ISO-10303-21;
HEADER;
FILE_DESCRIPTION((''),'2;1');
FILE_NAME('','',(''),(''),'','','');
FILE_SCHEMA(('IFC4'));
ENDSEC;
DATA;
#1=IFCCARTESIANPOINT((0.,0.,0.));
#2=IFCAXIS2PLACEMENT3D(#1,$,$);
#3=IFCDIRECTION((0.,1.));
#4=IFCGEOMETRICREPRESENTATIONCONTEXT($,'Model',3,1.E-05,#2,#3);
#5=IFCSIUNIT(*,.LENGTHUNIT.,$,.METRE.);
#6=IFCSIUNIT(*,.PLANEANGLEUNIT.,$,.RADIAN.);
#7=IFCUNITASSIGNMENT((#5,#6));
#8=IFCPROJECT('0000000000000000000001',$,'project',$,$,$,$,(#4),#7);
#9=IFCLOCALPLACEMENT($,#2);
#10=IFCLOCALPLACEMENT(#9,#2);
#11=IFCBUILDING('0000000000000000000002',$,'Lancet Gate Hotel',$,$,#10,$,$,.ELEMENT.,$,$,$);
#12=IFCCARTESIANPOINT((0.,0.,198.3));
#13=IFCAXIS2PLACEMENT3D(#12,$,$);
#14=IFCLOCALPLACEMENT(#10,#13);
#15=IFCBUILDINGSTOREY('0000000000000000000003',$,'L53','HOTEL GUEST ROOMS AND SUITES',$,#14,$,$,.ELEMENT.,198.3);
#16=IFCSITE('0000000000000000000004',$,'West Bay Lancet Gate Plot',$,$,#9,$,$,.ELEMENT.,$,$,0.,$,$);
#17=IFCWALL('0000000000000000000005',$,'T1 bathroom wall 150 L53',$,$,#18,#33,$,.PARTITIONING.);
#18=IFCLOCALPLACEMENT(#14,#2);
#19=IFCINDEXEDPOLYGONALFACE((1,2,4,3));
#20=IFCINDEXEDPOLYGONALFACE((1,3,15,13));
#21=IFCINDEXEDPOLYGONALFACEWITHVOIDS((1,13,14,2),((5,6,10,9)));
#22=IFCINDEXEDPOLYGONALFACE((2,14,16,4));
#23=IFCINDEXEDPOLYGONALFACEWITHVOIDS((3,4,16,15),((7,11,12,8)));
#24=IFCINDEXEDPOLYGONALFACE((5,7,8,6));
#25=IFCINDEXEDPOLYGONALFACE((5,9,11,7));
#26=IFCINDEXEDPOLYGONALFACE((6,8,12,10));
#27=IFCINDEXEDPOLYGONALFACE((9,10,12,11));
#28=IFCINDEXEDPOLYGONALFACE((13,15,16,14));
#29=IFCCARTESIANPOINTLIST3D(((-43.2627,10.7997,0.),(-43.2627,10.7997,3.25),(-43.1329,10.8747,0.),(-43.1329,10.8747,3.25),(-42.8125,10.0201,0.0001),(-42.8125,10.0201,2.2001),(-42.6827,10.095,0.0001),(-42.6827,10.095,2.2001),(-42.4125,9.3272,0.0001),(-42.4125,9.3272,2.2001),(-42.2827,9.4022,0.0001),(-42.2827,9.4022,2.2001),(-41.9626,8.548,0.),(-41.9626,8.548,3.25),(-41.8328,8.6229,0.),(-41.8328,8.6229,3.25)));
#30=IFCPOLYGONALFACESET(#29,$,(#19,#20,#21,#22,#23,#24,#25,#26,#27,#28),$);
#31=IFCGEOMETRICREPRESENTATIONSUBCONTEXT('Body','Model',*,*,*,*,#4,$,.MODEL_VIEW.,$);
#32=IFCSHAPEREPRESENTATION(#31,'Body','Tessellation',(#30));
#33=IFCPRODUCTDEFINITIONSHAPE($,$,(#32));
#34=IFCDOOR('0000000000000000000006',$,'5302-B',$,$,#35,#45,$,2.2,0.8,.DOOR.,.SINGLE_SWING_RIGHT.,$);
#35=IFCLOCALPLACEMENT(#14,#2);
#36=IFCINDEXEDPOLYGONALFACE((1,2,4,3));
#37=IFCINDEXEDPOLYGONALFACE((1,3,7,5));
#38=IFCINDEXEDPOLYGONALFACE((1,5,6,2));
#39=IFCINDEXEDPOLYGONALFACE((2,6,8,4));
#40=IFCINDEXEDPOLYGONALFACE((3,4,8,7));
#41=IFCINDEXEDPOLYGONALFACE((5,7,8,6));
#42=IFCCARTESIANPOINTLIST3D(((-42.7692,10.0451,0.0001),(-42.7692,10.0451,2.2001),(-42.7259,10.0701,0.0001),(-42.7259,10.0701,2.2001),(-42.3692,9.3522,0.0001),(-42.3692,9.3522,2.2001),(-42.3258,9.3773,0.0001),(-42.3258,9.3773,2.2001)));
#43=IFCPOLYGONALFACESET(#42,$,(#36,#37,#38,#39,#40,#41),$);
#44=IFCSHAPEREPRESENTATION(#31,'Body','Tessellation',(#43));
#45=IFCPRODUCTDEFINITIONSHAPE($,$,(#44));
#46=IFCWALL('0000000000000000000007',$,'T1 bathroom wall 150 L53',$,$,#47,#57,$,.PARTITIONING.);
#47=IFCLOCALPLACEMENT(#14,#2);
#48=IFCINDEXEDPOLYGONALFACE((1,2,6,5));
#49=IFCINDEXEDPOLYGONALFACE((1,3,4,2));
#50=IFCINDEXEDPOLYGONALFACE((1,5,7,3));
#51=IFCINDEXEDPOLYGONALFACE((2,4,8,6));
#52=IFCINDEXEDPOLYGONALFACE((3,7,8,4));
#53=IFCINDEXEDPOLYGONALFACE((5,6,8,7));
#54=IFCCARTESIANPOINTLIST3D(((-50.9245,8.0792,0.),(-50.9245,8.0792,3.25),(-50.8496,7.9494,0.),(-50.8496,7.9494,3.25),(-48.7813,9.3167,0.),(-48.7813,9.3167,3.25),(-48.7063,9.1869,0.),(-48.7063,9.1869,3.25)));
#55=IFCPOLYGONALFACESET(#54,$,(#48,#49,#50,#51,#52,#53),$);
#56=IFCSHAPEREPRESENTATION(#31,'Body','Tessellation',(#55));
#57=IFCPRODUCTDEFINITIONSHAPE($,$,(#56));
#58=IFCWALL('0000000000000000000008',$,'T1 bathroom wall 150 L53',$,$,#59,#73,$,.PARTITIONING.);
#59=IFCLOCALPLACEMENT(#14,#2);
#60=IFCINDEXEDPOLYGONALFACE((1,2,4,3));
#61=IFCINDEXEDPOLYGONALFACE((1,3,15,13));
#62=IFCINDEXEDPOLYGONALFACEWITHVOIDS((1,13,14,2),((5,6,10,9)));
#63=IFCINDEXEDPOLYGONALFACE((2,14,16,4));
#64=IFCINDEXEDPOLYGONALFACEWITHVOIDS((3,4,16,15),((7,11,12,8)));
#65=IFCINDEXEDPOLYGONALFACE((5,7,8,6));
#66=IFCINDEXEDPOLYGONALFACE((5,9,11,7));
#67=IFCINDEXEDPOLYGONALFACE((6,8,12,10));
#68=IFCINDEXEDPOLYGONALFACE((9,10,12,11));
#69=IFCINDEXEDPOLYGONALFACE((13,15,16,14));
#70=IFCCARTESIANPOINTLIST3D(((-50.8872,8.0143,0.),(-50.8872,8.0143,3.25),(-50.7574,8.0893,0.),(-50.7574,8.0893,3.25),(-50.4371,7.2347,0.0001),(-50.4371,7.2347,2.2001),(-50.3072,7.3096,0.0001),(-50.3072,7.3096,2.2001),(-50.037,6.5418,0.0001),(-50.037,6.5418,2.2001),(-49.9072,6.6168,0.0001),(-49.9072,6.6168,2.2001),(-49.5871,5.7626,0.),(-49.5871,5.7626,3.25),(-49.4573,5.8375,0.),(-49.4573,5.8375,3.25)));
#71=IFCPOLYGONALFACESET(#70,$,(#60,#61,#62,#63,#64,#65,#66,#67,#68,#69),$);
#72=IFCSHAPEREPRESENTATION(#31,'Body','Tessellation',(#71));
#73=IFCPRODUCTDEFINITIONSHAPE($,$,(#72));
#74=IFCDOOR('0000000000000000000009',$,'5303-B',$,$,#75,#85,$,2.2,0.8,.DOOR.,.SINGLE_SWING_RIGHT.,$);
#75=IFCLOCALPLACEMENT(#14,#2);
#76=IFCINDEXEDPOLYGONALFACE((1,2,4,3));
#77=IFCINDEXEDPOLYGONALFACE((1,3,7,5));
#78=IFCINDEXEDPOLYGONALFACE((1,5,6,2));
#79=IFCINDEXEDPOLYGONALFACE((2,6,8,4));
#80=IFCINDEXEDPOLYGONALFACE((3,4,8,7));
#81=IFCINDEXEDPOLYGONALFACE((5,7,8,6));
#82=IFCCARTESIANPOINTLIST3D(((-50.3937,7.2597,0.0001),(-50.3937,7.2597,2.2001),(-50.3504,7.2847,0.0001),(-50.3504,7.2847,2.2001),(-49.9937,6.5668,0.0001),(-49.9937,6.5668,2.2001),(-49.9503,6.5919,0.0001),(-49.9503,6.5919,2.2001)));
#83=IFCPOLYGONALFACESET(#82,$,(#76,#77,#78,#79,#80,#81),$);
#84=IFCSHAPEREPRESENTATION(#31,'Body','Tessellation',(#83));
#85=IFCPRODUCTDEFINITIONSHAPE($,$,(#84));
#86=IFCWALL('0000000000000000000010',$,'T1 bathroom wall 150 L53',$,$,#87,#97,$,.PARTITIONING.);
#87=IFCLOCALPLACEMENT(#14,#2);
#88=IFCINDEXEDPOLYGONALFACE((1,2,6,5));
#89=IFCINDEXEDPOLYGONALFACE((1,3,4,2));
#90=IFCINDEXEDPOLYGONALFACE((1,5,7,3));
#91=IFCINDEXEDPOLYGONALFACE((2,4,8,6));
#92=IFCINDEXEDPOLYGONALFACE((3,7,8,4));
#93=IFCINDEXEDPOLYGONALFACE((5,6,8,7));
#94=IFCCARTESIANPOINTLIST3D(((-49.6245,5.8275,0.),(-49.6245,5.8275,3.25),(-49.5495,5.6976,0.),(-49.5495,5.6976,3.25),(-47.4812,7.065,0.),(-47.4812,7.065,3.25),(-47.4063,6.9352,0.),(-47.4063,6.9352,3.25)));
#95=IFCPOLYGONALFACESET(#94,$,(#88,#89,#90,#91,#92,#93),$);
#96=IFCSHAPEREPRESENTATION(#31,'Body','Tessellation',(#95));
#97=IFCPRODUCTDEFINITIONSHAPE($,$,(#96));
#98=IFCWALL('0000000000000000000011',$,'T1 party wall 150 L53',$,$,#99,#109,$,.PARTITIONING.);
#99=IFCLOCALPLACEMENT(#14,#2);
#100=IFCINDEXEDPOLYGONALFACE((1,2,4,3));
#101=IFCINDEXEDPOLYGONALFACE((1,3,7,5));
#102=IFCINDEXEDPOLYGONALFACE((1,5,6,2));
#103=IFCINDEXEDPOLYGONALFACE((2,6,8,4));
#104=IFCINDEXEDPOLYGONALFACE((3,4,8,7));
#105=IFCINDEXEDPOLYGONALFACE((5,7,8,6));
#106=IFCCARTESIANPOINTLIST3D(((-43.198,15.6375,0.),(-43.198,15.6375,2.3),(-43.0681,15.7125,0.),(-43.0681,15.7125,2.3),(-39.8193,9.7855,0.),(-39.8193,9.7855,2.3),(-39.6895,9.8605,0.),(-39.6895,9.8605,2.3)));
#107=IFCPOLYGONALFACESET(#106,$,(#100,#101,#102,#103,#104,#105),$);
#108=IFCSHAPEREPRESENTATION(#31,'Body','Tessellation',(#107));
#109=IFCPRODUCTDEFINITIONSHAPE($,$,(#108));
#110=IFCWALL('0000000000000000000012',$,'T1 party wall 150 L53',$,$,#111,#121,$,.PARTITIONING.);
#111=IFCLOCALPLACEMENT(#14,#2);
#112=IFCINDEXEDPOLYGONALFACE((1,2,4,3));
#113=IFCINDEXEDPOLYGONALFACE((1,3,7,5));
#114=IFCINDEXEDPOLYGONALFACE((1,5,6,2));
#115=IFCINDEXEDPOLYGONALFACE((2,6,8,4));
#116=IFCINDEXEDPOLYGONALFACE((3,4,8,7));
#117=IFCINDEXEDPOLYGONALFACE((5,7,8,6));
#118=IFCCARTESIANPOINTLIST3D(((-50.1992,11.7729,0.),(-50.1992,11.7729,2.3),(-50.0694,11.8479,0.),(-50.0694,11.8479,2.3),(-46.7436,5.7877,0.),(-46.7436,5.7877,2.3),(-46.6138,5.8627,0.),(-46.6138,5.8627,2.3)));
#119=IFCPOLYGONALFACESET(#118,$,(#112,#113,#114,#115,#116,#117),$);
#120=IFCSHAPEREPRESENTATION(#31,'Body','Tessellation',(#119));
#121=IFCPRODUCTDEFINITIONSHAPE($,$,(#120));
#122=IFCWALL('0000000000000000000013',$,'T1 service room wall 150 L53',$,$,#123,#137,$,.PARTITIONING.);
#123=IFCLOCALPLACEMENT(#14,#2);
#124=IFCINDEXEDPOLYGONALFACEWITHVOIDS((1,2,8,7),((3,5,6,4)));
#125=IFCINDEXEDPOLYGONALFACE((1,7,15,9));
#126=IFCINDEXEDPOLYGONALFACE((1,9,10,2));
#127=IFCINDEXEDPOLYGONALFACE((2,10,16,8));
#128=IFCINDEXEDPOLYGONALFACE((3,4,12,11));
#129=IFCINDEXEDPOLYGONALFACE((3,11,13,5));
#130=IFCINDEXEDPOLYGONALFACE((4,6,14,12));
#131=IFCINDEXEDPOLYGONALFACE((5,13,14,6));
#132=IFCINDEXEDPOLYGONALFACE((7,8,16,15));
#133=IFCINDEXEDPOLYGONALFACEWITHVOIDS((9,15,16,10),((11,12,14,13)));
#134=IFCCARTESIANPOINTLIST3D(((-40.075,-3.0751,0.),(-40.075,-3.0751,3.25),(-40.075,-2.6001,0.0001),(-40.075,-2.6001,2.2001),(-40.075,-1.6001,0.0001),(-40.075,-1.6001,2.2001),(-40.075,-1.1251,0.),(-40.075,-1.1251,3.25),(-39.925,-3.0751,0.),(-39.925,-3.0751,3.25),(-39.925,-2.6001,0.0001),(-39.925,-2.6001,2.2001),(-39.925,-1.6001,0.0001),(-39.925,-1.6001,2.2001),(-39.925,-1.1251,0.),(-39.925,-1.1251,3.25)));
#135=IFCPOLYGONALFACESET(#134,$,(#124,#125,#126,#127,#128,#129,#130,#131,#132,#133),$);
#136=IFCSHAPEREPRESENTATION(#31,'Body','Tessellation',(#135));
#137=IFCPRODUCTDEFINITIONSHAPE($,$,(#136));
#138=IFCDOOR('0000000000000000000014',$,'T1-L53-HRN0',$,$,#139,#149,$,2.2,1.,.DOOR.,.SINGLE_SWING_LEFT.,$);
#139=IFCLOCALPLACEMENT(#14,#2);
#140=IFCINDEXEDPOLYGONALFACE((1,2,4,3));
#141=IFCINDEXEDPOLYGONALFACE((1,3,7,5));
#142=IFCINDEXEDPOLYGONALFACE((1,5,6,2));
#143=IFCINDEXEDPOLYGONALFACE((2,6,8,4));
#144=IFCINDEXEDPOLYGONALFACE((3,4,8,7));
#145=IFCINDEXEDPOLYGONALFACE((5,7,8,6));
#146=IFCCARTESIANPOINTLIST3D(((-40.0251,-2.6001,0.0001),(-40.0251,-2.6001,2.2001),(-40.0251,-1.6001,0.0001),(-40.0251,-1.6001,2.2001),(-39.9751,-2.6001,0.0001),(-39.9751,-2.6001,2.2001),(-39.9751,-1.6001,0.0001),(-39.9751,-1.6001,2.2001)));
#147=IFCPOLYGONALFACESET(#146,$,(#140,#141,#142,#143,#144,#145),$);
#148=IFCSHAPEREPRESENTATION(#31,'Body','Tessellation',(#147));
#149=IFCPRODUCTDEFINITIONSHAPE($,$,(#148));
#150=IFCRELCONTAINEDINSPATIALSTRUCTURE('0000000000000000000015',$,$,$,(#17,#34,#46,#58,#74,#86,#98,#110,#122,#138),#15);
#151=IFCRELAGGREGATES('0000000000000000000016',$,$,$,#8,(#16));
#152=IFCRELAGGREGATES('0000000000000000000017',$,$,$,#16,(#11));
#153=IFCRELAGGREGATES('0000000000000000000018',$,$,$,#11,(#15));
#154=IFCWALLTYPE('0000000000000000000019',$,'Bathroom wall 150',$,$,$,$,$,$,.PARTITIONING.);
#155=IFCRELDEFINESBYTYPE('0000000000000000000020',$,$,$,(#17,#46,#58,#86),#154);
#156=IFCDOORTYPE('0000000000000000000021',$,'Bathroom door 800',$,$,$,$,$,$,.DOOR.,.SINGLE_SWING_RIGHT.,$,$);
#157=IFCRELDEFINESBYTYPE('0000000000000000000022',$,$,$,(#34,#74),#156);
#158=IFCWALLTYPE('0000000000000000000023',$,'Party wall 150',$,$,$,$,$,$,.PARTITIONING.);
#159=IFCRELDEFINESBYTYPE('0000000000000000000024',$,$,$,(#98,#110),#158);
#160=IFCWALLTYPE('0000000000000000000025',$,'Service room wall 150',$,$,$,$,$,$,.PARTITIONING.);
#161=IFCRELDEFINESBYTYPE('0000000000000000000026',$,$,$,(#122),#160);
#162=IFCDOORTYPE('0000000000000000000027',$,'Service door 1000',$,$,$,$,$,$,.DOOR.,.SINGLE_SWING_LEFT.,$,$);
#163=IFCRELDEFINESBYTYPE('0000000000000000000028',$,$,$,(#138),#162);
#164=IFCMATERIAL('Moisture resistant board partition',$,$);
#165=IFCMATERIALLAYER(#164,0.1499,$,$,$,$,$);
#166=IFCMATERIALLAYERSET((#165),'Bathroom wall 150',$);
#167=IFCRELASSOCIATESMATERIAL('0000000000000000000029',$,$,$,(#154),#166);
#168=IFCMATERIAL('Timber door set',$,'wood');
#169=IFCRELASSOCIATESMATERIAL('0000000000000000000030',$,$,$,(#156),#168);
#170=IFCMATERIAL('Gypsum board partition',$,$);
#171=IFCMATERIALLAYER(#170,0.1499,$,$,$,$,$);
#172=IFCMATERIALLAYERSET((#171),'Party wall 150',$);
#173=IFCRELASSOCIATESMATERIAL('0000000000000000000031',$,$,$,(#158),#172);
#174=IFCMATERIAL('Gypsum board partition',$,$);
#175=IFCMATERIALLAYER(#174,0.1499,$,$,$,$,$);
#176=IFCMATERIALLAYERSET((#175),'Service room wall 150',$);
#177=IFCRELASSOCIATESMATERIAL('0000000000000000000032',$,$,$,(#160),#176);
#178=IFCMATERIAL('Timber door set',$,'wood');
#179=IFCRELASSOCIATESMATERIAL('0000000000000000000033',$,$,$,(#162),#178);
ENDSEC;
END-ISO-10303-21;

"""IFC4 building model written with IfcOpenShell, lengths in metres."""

from ifc_helpers import new_model, si_unit, direction, frame, frame_2d, origin, place, context, subcontext, project, spatial, rectangle, extrude, material, layer, layer_set, type_object, element, fill, save


model = new_model("IFC4")

# Units and contexts
model_context = context("Model", 3, precision=1e-05, world=origin(), true_north=direction((0.0, 1.0)))
body_context = subcontext(model_context, "Body", "Model", "MODEL_VIEW")
ifc_project = project(units=[si_unit("LENGTHUNIT", "METRE"), si_unit("PLANEANGLEUNIT", "RADIAN")], contexts=[model_context])

# Site, building, storey
site_placement = place(None, origin())
site = spatial("IfcSite", under=ifc_project, at=site_placement, Name="West Bay Lancet Gate Plot", CompositionType="ELEMENT", RefElevation=0.0)
building_placement = place(site_placement, origin())
building = spatial("IfcBuilding", under=site, at=building_placement, Name="Lancet Gate Hotel", CompositionType="ELEMENT")
storey_placement = place(building_placement, frame((0.0, 0.0, 198.3)))
storey = spatial("IfcBuildingStorey", under=building, at=storey_placement, Name="L53", Description="HOTEL GUEST ROOMS AND SUITES", CompositionType="ELEMENT", Elevation=198.3)

# Shared definitions
ifc_material_1 = material(Name="Moisture resistant board partition")
ifc_layer_1 = layer(ifc_material_1, 0.1499)
ifc_layer_set_1 = layer_set([ifc_layer_1], Name="Bathroom wall 150")
wall_type_1 = type_object("IfcWallType", Name="Bathroom wall 150", PredefinedType="PARTITIONING", material=ifc_layer_set_1)

# Wall, opening, door
wall_1_placement = place(storey_placement, frame((-41.8977, 8.5854, 0.0), z_axis=(0.0, 0.0, 1.0), x_axis=(-0.500007, 0.866021, 0.0)))
wall_1 = element("IfcWall", 1, at=wall_1_placement, inside=storey, type_object=wall_type_1, Name="T1 bathroom wall 150 L53", PredefinedType="PARTITIONING", context=body_context, shape_type="SweptSolid", body=[
    extrude(rectangle(XDim=2.6001, YDim=0.1499, at=frame_2d((1.3, 0.0))), origin(), (0.0, 0.0, 1.0), 3.25),
])
opening_1_placement = place(wall_1_placement, frame((0.8999, 0.0, 0.0)))
opening_1 = element("IfcOpeningElement", 2, at=opening_1_placement, cuts=wall_1, PredefinedType="OPENING", context=body_context, shape_type="SweptSolid", body=[
    extrude(rectangle(XDim=0.8, YDim=2.2, at=frame_2d((0.3999, 1.1001))), frame((0.0, 0.085, 0.0), z_axis=(0.0, -1.0, 0.0), x_axis=(1.0, 0.0, 0.0)), (0.0, 0.0, 1.0), 0.1699),
])
ifc_material_2 = material(Name="Timber door set", Category="wood")
door_type_1 = type_object("IfcDoorType", Name="Bathroom door 800", OperationType="SINGLE_SWING_RIGHT", PredefinedType="DOOR", material=ifc_material_2)
door_1_placement = place(opening_1_placement, origin())
door_1 = element("IfcDoor", 3, at=door_1_placement, inside=storey, type_object=door_type_1, Name="5302-B", OperationType="SINGLE_SWING_RIGHT", OverallHeight=2.2, OverallWidth=0.8, PredefinedType="DOOR", context=body_context, shape_type="SweptSolid", body=[
    extrude(rectangle(XDim=0.8, YDim=2.2, at=frame_2d((0.3999, 1.1001))), frame((0.0, 0.0249, 0.0), z_axis=(0.0, -1.0, 0.0), x_axis=(1.0, 0.0, 0.0)), (0.0, 0.0, 1.0), 0.05),
])
fill(opening_1, door_1)

# Wall
wall_2_placement = place(storey_placement, frame((-48.7439, 9.2517, 0.0), z_axis=(0.0, 0.0, 1.0), x_axis=(-0.866007, -0.500033, 0.0)))
element("IfcWall", 4, at=wall_2_placement, inside=storey, type_object=wall_type_1, Name="T1 bathroom wall 150 L53", PredefinedType="PARTITIONING", context=body_context, shape_type="SweptSolid", body=[
    extrude(rectangle(XDim=2.4749, YDim=0.1499, at=frame_2d((1.2373, 0.0))), origin(), (0.0, 0.0, 1.0), 3.25),
])

# Wall, opening, door
wall_3_placement = place(storey_placement, frame((-49.5222, 5.8, 0.0), z_axis=(0.0, 0.0, 1.0), x_axis=(-0.500007, 0.866021, 0.0)))
wall_3 = element("IfcWall", 5, at=wall_3_placement, inside=storey, type_object=wall_type_1, Name="T1 bathroom wall 150 L53", PredefinedType="PARTITIONING", context=body_context, shape_type="SweptSolid", body=[
    extrude(rectangle(XDim=2.6001, YDim=0.1499, at=frame_2d((1.3, 0.0))), origin(), (0.0, 0.0, 1.0), 3.25),
])
opening_2_placement = place(wall_3_placement, frame((0.8999, 0.0, 0.0)))
opening_2 = element("IfcOpeningElement", 6, at=opening_2_placement, cuts=wall_3, PredefinedType="OPENING", context=body_context, shape_type="SweptSolid", body=[
    extrude(rectangle(XDim=0.8, YDim=2.2, at=frame_2d((0.3999, 1.1001))), frame((0.0, 0.085, 0.0), z_axis=(0.0, -1.0, 0.0), x_axis=(1.0, 0.0, 0.0)), (0.0, 0.0, 1.0), 0.1699),
])
door_2_placement = place(opening_2_placement, origin())
door_2 = element("IfcDoor", 7, at=door_2_placement, inside=storey, type_object=door_type_1, Name="5303-B", OperationType="SINGLE_SWING_RIGHT", OverallHeight=2.2, OverallWidth=0.8, PredefinedType="DOOR", context=body_context, shape_type="SweptSolid", body=[
    extrude(rectangle(XDim=0.8, YDim=2.2, at=frame_2d((0.3999, 1.1001))), frame((0.0, 0.0249, 0.0), z_axis=(0.0, -1.0, 0.0), x_axis=(1.0, 0.0, 0.0)), (0.0, 0.0, 1.0), 0.05),
])
fill(opening_2, door_2)

# Walls
wall_4_placement = place(storey_placement, frame((-47.4438, 7.0, 0.0), z_axis=(0.0, 0.0, 1.0), x_axis=(-0.866007, -0.500033, 0.0)))
element("IfcWall", 8, at=wall_4_placement, inside=storey, type_object=wall_type_1, Name="T1 bathroom wall 150 L53", PredefinedType="PARTITIONING", context=body_context, shape_type="SweptSolid", body=[
    extrude(rectangle(XDim=2.4749, YDim=0.1499, at=frame_2d((1.2373, 0.0))), origin(), (0.0, 0.0, 1.0), 3.25),
])
ifc_material_3 = material(Name="Gypsum board partition")
ifc_layer_2 = layer(ifc_material_3, 0.1499)
ifc_layer_set_2 = layer_set([ifc_layer_2], Name="Party wall 150")
wall_type_2 = type_object("IfcWallType", Name="Party wall 150", PredefinedType="PARTITIONING", material=ifc_layer_set_2)
wall_5_placement = place(storey_placement, frame((-39.7544, 9.823, 0.0), z_axis=(0.0, 0.0, 1.0), x_axis=(-0.499998, 0.866027, 0.0)))
element("IfcWall", 9, at=wall_5_placement, inside=storey, type_object=wall_type_2, Name="T1 party wall 150 L53", PredefinedType="PARTITIONING", context=body_context, shape_type="SweptSolid", body=[
    extrude(rectangle(XDim=6.7573, YDim=0.1499, at=frame_2d((3.3787, 0.0))), origin(), (0.0, 0.0, 1.0), 2.3),
])
wall_6_placement = place(storey_placement, frame((-46.6787, 5.8252, 0.0), z_axis=(0.0, 0.0, 1.0), x_axis=(-0.500007, 0.866021, 0.0)))
element("IfcWall", 10, at=wall_6_placement, inside=storey, type_object=wall_type_2, Name="T1 party wall 150 L53", PredefinedType="PARTITIONING", context=body_context, shape_type="SweptSolid", body=[
    extrude(rectangle(XDim=6.9111, YDim=0.1499, at=frame_2d((3.4556, 0.0))), origin(), (0.0, 0.0, 1.0), 2.3),
])

# Wall, opening, door
ifc_material_4 = material(Name="Gypsum board partition")
ifc_layer_3 = layer(ifc_material_4, 0.1499)
ifc_layer_set_3 = layer_set([ifc_layer_3], Name="Service room wall 150")
wall_type_3 = type_object("IfcWallType", Name="Service room wall 150", PredefinedType="PARTITIONING", material=ifc_layer_set_3)
wall_7_placement = place(storey_placement, frame((-40.0, -1.125, 0.0), z_axis=(0.0, 0.0, 1.0), x_axis=(0.0, -1.0, 0.0)))
wall_7 = element("IfcWall", 11, at=wall_7_placement, inside=storey, type_object=wall_type_3, Name="T1 service room wall 150 L53", PredefinedType="PARTITIONING", context=body_context, shape_type="SweptSolid", body=[
    extrude(rectangle(XDim=1.95, YDim=0.1499, at=frame_2d((0.9751, 0.0))), origin(), (0.0, 0.0, 1.0), 3.25),
])
opening_3_placement = place(wall_7_placement, frame((0.4751, 0.0, 0.0)))
opening_3 = element("IfcOpeningElement", 12, at=opening_3_placement, cuts=wall_7, PredefinedType="OPENING", context=body_context, shape_type="SweptSolid", body=[
    extrude(rectangle(XDim=1.0, YDim=2.2, at=frame_2d((0.5, 1.1001))), frame((0.0, 0.085, 0.0), z_axis=(0.0, -1.0, 0.0), x_axis=(1.0, 0.0, 0.0)), (0.0, 0.0, 1.0), 0.1699),
])
ifc_material_5 = material(Name="Timber door set", Category="wood")
door_type_2 = type_object("IfcDoorType", Name="Service door 1000", OperationType="SINGLE_SWING_LEFT", PredefinedType="DOOR", material=ifc_material_5)
door_3_placement = place(opening_3_placement, origin())
door_3 = element("IfcDoor", 13, at=door_3_placement, inside=storey, type_object=door_type_2, Name="T1-L53-HRN0", OperationType="SINGLE_SWING_LEFT", OverallHeight=2.2, OverallWidth=1.0, PredefinedType="DOOR", context=body_context, shape_type="SweptSolid", body=[
    extrude(rectangle(XDim=1.0, YDim=2.2, at=frame_2d((0.5, 1.1001))), frame((0.0, 0.0249, 0.0), z_axis=(0.0, -1.0, 0.0), x_axis=(1.0, 0.0, 0.0)), (0.0, 0.0, 1.0), 0.05),
])
fill(opening_3, door_3)

save(model, "model.ifc")
